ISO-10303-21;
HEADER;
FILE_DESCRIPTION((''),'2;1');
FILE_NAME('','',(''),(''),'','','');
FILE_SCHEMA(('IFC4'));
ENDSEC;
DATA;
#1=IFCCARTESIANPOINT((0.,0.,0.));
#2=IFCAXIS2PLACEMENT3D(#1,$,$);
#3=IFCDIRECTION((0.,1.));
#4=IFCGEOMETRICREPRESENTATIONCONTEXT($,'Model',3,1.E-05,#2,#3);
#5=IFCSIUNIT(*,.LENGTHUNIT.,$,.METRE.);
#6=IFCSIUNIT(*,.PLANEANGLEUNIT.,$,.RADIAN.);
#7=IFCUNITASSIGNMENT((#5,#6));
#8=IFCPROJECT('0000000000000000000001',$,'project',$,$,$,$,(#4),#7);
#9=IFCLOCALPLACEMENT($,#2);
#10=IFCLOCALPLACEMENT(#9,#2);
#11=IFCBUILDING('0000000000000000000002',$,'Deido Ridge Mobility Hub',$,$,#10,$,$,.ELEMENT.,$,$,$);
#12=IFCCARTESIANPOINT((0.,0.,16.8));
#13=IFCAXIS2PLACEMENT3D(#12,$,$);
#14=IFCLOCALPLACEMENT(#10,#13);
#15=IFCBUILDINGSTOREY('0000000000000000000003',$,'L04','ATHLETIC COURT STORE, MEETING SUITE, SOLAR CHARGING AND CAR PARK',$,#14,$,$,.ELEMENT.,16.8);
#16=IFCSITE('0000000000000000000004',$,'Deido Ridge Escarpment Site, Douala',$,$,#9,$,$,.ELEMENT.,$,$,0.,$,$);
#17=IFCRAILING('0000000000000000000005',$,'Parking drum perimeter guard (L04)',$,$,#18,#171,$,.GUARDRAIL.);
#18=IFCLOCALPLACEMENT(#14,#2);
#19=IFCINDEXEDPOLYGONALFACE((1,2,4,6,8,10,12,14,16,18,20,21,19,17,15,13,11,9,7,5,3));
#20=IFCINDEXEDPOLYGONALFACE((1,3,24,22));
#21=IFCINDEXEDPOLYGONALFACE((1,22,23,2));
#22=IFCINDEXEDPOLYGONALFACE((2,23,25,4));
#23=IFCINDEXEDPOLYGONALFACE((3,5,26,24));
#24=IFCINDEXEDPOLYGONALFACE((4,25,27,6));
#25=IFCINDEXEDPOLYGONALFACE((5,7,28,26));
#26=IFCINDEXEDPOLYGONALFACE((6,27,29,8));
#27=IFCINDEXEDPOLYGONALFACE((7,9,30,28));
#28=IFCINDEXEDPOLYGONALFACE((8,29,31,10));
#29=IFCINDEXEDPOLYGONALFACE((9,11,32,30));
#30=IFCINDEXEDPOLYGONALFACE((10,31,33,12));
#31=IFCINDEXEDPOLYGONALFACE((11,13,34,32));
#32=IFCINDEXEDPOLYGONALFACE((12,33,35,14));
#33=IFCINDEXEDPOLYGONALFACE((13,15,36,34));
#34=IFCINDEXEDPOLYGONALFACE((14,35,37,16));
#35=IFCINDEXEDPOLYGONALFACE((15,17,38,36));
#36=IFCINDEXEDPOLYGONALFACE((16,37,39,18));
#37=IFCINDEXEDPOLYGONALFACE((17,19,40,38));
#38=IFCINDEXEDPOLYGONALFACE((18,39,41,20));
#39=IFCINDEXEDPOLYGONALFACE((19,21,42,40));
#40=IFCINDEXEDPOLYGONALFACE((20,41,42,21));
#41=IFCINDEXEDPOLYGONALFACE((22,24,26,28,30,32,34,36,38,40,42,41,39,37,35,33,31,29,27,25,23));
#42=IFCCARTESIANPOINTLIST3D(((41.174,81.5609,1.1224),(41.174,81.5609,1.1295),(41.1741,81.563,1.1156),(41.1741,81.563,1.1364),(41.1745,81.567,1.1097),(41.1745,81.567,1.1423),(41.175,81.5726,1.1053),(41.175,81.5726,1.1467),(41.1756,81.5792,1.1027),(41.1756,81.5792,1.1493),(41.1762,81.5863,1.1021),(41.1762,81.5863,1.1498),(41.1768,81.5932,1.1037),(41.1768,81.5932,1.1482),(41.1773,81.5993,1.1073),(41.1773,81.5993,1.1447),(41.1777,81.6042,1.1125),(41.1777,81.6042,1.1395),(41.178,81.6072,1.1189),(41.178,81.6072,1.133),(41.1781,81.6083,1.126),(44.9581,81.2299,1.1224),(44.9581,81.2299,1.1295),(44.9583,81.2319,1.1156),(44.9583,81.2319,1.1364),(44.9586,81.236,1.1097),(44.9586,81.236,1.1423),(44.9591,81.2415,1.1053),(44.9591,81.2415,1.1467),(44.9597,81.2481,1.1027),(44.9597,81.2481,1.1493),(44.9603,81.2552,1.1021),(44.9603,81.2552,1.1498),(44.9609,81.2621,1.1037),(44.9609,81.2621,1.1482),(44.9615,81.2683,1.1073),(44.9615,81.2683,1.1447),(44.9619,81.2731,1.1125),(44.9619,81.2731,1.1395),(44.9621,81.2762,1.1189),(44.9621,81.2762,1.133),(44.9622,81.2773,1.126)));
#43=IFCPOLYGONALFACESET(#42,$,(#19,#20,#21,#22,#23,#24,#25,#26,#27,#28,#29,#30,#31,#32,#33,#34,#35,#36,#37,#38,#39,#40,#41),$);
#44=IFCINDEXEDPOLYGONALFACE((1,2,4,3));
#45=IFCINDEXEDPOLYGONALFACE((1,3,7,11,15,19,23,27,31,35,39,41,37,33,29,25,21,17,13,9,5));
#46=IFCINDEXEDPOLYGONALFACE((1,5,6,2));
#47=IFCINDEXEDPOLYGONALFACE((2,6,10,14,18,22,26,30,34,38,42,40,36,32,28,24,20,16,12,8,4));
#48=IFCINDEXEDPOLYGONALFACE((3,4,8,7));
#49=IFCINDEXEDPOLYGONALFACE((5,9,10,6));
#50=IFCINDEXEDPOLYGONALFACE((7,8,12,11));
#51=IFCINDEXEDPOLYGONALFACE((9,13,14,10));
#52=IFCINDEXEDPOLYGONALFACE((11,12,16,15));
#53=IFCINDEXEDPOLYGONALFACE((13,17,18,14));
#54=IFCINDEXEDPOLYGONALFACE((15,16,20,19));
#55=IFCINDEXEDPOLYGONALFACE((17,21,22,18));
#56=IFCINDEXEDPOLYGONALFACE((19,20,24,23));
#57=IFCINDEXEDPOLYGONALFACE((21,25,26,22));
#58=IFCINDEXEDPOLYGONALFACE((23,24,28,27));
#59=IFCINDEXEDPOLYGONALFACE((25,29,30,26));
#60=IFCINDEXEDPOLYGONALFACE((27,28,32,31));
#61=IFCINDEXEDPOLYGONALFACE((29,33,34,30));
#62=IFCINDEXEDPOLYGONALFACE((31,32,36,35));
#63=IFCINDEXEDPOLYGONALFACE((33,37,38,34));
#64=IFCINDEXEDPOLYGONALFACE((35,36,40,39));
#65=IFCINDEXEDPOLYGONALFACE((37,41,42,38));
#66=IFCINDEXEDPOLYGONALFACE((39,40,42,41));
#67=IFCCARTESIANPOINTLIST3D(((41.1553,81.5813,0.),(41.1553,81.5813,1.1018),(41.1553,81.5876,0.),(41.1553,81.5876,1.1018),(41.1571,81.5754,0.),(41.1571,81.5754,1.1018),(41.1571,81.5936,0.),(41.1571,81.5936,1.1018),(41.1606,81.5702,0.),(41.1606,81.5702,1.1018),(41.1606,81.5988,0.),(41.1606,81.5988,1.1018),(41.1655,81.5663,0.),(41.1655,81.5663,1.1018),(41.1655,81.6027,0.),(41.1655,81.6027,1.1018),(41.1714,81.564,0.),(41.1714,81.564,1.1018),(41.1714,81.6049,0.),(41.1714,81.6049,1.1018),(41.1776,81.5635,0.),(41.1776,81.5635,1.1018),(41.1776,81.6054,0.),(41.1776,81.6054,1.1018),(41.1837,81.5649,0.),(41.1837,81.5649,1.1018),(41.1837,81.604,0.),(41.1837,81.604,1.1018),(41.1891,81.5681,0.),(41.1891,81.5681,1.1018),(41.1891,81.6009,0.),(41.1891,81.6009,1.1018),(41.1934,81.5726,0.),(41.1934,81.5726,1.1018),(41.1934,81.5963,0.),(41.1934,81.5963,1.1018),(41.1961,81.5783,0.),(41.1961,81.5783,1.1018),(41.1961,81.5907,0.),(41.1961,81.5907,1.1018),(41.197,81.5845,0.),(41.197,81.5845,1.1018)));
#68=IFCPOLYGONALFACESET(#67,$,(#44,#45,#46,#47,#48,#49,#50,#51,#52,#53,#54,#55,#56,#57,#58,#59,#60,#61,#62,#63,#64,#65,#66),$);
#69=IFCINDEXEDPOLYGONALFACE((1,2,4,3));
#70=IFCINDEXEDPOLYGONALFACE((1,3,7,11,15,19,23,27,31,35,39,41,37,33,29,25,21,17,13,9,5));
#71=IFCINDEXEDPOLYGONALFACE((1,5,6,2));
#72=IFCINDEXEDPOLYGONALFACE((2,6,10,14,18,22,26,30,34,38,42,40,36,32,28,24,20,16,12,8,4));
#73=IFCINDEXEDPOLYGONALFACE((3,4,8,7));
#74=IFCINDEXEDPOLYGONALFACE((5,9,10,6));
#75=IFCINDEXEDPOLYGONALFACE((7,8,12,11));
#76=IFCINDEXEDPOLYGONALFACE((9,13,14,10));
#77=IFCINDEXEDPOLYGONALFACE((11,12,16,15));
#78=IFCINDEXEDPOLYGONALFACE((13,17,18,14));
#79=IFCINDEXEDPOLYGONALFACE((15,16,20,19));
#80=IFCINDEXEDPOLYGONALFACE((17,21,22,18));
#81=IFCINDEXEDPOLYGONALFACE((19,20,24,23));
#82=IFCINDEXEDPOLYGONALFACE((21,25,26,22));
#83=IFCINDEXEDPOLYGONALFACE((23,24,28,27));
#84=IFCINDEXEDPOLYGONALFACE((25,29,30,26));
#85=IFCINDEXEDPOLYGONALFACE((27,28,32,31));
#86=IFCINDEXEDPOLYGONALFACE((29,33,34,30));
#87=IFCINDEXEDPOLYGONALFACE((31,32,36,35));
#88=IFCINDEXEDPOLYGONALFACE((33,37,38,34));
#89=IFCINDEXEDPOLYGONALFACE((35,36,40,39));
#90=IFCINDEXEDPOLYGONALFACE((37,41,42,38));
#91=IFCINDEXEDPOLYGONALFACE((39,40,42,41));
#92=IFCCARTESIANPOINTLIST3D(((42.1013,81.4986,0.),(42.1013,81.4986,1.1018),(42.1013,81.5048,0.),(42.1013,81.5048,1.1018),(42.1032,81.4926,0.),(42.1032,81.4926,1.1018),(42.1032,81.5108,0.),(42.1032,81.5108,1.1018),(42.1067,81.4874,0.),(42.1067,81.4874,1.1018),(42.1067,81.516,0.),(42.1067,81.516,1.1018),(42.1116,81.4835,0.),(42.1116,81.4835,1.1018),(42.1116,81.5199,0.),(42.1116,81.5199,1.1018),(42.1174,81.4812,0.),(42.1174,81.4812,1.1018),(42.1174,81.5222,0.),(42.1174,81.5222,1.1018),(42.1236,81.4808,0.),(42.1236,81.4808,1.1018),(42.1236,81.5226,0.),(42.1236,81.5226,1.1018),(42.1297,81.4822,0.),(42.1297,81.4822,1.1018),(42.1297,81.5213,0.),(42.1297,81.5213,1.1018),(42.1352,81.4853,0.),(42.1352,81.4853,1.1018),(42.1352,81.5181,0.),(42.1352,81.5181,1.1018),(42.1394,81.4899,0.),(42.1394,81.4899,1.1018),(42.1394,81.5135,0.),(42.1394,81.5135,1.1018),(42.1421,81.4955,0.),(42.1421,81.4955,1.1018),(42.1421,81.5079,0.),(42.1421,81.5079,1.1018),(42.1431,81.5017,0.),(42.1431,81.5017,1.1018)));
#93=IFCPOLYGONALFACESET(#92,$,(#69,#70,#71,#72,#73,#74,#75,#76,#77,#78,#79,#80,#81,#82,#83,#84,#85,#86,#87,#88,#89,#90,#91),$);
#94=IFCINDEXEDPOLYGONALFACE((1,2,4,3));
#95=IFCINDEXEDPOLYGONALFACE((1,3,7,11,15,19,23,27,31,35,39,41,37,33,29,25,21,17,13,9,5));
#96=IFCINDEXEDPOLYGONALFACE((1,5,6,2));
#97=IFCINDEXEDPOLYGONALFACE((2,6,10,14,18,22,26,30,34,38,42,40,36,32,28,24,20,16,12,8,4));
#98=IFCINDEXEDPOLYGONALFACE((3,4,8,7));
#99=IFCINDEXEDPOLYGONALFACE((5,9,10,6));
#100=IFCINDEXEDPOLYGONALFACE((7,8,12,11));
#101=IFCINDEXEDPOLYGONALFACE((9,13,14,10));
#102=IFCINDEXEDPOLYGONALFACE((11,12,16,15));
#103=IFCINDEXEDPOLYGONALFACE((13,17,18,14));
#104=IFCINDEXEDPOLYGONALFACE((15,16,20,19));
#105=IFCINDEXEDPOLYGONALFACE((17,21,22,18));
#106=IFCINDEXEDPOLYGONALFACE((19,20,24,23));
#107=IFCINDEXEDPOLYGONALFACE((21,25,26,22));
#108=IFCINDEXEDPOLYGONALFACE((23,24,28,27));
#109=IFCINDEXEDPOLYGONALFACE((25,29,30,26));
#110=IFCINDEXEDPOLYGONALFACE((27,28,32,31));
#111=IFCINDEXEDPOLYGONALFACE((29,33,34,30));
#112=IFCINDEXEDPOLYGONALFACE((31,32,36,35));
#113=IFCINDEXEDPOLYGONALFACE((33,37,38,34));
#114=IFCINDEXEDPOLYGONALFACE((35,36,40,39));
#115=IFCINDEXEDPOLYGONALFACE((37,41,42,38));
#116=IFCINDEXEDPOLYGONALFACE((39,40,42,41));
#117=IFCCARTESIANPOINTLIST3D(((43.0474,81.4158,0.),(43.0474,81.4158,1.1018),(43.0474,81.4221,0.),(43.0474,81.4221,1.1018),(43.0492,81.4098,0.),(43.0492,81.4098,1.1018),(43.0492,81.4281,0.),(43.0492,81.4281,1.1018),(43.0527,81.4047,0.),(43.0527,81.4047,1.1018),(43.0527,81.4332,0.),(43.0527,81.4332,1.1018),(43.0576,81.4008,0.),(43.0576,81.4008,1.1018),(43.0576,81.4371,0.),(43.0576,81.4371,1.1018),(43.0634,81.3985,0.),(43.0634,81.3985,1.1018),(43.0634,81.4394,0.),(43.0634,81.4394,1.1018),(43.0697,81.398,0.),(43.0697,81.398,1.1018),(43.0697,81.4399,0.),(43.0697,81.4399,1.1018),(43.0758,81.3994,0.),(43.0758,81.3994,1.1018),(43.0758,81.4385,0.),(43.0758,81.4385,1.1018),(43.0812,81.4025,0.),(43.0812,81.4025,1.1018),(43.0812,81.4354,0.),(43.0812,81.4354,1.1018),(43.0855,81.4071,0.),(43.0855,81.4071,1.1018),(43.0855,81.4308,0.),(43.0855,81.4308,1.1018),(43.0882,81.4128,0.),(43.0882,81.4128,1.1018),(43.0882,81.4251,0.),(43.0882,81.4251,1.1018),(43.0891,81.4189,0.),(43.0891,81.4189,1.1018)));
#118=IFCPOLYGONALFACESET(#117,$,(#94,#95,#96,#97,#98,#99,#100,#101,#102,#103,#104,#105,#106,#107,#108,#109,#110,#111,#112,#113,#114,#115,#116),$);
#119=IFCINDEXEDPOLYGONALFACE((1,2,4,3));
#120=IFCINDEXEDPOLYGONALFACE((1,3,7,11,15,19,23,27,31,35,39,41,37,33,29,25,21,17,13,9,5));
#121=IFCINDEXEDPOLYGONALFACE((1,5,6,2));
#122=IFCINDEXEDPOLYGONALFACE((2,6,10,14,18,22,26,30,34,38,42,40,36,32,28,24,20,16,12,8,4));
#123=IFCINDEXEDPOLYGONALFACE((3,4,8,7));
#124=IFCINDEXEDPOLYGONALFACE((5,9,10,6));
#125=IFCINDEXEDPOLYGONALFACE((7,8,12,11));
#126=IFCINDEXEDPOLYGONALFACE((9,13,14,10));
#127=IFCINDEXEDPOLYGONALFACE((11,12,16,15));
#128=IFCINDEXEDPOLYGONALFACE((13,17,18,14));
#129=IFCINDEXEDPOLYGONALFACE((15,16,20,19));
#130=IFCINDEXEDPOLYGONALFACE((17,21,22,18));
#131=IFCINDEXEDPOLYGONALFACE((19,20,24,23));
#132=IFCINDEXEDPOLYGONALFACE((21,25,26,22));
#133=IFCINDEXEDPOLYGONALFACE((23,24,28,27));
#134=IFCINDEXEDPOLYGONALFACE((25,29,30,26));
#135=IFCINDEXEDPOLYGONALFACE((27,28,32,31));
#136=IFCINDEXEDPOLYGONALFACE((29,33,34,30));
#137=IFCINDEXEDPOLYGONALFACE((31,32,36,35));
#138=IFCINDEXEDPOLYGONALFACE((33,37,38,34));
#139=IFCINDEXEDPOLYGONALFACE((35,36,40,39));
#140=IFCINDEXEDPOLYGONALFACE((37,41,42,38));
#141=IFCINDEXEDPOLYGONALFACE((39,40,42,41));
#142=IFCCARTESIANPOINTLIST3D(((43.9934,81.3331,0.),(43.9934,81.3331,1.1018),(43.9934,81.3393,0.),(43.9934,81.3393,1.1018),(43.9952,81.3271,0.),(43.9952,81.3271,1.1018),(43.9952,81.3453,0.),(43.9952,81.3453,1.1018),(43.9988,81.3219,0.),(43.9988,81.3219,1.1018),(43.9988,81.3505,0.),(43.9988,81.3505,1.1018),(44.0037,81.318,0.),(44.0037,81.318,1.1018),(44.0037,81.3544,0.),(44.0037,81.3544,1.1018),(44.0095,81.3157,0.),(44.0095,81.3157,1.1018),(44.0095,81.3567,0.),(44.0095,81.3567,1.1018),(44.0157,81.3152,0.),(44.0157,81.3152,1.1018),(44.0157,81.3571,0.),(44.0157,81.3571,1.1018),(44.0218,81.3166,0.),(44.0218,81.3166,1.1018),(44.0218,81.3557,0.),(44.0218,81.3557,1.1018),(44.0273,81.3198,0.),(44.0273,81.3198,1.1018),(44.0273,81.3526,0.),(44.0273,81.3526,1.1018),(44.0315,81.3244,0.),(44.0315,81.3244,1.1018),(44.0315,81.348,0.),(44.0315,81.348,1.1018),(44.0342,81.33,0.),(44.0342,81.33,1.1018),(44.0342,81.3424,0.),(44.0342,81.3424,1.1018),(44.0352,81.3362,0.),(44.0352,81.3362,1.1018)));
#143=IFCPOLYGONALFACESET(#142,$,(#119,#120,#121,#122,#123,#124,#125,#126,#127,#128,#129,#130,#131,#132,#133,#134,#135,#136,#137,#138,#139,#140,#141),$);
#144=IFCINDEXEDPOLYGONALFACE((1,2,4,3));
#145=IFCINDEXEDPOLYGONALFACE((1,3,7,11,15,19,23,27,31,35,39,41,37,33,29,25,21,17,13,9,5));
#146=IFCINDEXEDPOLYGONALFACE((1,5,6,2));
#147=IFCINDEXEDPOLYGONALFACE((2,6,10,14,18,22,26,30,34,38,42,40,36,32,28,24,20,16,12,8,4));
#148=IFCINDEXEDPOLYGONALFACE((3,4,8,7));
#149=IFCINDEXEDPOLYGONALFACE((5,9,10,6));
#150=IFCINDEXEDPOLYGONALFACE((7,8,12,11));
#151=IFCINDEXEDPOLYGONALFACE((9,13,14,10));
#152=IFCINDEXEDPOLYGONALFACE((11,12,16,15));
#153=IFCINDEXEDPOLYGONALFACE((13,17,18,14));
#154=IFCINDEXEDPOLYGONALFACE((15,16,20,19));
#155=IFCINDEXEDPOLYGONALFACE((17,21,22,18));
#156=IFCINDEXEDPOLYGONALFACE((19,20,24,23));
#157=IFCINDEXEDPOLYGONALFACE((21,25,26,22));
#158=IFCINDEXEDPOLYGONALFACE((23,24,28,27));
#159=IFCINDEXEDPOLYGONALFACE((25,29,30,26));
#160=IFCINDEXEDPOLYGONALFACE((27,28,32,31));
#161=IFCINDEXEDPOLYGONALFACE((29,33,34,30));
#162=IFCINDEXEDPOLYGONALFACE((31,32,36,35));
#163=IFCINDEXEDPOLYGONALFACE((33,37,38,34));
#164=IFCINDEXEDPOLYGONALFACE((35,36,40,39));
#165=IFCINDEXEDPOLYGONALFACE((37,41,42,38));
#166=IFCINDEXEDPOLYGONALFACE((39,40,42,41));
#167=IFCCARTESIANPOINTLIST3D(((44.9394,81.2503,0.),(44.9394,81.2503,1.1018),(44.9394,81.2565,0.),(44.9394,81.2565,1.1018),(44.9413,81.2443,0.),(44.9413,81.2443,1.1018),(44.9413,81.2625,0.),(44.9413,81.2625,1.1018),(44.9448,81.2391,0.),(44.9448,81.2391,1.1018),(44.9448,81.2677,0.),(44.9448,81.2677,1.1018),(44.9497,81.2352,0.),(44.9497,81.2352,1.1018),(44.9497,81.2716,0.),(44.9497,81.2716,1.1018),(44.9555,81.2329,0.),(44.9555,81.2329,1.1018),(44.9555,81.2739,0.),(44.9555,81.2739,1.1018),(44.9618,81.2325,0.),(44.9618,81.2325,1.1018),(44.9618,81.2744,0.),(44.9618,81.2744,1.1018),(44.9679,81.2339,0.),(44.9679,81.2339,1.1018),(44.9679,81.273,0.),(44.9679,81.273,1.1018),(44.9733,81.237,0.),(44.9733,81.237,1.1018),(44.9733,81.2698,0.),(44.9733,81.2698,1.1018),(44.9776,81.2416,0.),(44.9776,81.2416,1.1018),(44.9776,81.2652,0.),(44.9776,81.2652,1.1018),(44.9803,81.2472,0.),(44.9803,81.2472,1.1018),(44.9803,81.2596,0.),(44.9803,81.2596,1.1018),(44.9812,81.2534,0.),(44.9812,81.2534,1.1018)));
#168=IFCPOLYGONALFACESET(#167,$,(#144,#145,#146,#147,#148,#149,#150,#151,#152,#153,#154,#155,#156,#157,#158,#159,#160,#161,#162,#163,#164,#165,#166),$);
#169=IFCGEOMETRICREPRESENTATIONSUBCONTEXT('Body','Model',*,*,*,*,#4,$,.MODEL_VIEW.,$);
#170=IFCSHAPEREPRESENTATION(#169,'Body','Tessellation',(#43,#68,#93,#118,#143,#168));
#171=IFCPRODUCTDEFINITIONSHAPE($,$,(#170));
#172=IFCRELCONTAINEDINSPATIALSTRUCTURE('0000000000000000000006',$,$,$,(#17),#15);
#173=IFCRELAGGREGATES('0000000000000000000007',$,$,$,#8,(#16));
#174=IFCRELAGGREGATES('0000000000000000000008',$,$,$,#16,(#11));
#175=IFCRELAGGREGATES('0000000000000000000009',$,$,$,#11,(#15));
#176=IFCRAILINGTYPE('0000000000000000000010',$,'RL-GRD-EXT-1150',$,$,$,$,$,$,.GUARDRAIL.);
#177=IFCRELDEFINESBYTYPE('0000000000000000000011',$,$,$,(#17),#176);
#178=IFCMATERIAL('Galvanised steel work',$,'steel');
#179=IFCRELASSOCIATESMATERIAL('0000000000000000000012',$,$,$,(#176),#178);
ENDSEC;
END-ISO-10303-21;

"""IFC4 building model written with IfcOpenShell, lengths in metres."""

from ifc_helpers import new_model, si_unit, direction, frame, origin, origin_2d, place, context, subcontext, project, spatial, circle, extrude, material, type_object, element, save


model = new_model("IFC4")

# Units and contexts
model_context = context("Model", 3, precision=1e-05, world=origin(), true_north=direction((0.0, 1.0)))
body_context = subcontext(model_context, "Body", "Model", "MODEL_VIEW")
ifc_project = project(units=[si_unit("LENGTHUNIT", "METRE"), si_unit("PLANEANGLEUNIT", "RADIAN")], contexts=[model_context])

# Site, building, storey
site_placement = place(None, origin())
site = spatial("IfcSite", under=ifc_project, at=site_placement, Name="Deido Ridge Escarpment Site, Douala", CompositionType="ELEMENT", RefElevation=0.0)
building_placement = place(site_placement, origin())
building = spatial("IfcBuilding", under=site, at=building_placement, Name="Deido Ridge Mobility Hub", CompositionType="ELEMENT")
storey_placement = place(building_placement, frame((0.0, 0.0, 16.8)))
storey = spatial("IfcBuildingStorey", under=building, at=storey_placement, Name="L04", Description="ATHLETIC COURT STORE, MEETING SUITE, SOLAR CHARGING AND CAR PARK", CompositionType="ELEMENT", Elevation=16.8)

# Railing
ifc_material_1 = material(Name="Galvanised steel work", Category="steel")
railing_type = type_object("IfcRailingType", Name="RL-GRD-EXT-1150", PredefinedType="GUARDRAIL", material=ifc_material_1)
railing_1_placement = place(storey_placement, frame((41.176, 81.5845, 0.0)))
element("IfcRailing", 1, at=railing_1_placement, inside=storey, type_object=railing_type, Name="Parking drum perimeter guard (L04)", PredefinedType="GUARDRAIL", context=body_context, shape_type="SweptSolid", body=[
    extrude(circle(Radius=0.0239, at=origin_2d()), frame((0.0, 0.0, 1.126), z_axis=(0.996195, -0.087151, 0.0), x_axis=(0.087151, 0.996195, 0.0)), (0.0, 0.0, 1.0), 3.7986),
    extrude(circle(Radius=0.021, at=origin_2d()), origin(), (0.0, 0.0, 1.0), 1.1018),
    extrude(circle(Radius=0.021, at=origin_2d()), frame((0.946, -0.0828, 0.0)), (0.0, 0.0, 1.0), 1.1018),
    extrude(circle(Radius=0.021, at=origin_2d()), frame((1.8921, -0.1655, 0.0)), (0.0, 0.0, 1.0), 1.1018),
    extrude(circle(Radius=0.021, at=origin_2d()), frame((2.8381, -0.2483, 0.0)), (0.0, 0.0, 1.0), 1.1018),
    extrude(circle(Radius=0.021, at=origin_2d()), frame((3.7842, -0.3311, 0.0)), (0.0, 0.0, 1.0), 1.1018),
])

save(model, "model.ifc")
